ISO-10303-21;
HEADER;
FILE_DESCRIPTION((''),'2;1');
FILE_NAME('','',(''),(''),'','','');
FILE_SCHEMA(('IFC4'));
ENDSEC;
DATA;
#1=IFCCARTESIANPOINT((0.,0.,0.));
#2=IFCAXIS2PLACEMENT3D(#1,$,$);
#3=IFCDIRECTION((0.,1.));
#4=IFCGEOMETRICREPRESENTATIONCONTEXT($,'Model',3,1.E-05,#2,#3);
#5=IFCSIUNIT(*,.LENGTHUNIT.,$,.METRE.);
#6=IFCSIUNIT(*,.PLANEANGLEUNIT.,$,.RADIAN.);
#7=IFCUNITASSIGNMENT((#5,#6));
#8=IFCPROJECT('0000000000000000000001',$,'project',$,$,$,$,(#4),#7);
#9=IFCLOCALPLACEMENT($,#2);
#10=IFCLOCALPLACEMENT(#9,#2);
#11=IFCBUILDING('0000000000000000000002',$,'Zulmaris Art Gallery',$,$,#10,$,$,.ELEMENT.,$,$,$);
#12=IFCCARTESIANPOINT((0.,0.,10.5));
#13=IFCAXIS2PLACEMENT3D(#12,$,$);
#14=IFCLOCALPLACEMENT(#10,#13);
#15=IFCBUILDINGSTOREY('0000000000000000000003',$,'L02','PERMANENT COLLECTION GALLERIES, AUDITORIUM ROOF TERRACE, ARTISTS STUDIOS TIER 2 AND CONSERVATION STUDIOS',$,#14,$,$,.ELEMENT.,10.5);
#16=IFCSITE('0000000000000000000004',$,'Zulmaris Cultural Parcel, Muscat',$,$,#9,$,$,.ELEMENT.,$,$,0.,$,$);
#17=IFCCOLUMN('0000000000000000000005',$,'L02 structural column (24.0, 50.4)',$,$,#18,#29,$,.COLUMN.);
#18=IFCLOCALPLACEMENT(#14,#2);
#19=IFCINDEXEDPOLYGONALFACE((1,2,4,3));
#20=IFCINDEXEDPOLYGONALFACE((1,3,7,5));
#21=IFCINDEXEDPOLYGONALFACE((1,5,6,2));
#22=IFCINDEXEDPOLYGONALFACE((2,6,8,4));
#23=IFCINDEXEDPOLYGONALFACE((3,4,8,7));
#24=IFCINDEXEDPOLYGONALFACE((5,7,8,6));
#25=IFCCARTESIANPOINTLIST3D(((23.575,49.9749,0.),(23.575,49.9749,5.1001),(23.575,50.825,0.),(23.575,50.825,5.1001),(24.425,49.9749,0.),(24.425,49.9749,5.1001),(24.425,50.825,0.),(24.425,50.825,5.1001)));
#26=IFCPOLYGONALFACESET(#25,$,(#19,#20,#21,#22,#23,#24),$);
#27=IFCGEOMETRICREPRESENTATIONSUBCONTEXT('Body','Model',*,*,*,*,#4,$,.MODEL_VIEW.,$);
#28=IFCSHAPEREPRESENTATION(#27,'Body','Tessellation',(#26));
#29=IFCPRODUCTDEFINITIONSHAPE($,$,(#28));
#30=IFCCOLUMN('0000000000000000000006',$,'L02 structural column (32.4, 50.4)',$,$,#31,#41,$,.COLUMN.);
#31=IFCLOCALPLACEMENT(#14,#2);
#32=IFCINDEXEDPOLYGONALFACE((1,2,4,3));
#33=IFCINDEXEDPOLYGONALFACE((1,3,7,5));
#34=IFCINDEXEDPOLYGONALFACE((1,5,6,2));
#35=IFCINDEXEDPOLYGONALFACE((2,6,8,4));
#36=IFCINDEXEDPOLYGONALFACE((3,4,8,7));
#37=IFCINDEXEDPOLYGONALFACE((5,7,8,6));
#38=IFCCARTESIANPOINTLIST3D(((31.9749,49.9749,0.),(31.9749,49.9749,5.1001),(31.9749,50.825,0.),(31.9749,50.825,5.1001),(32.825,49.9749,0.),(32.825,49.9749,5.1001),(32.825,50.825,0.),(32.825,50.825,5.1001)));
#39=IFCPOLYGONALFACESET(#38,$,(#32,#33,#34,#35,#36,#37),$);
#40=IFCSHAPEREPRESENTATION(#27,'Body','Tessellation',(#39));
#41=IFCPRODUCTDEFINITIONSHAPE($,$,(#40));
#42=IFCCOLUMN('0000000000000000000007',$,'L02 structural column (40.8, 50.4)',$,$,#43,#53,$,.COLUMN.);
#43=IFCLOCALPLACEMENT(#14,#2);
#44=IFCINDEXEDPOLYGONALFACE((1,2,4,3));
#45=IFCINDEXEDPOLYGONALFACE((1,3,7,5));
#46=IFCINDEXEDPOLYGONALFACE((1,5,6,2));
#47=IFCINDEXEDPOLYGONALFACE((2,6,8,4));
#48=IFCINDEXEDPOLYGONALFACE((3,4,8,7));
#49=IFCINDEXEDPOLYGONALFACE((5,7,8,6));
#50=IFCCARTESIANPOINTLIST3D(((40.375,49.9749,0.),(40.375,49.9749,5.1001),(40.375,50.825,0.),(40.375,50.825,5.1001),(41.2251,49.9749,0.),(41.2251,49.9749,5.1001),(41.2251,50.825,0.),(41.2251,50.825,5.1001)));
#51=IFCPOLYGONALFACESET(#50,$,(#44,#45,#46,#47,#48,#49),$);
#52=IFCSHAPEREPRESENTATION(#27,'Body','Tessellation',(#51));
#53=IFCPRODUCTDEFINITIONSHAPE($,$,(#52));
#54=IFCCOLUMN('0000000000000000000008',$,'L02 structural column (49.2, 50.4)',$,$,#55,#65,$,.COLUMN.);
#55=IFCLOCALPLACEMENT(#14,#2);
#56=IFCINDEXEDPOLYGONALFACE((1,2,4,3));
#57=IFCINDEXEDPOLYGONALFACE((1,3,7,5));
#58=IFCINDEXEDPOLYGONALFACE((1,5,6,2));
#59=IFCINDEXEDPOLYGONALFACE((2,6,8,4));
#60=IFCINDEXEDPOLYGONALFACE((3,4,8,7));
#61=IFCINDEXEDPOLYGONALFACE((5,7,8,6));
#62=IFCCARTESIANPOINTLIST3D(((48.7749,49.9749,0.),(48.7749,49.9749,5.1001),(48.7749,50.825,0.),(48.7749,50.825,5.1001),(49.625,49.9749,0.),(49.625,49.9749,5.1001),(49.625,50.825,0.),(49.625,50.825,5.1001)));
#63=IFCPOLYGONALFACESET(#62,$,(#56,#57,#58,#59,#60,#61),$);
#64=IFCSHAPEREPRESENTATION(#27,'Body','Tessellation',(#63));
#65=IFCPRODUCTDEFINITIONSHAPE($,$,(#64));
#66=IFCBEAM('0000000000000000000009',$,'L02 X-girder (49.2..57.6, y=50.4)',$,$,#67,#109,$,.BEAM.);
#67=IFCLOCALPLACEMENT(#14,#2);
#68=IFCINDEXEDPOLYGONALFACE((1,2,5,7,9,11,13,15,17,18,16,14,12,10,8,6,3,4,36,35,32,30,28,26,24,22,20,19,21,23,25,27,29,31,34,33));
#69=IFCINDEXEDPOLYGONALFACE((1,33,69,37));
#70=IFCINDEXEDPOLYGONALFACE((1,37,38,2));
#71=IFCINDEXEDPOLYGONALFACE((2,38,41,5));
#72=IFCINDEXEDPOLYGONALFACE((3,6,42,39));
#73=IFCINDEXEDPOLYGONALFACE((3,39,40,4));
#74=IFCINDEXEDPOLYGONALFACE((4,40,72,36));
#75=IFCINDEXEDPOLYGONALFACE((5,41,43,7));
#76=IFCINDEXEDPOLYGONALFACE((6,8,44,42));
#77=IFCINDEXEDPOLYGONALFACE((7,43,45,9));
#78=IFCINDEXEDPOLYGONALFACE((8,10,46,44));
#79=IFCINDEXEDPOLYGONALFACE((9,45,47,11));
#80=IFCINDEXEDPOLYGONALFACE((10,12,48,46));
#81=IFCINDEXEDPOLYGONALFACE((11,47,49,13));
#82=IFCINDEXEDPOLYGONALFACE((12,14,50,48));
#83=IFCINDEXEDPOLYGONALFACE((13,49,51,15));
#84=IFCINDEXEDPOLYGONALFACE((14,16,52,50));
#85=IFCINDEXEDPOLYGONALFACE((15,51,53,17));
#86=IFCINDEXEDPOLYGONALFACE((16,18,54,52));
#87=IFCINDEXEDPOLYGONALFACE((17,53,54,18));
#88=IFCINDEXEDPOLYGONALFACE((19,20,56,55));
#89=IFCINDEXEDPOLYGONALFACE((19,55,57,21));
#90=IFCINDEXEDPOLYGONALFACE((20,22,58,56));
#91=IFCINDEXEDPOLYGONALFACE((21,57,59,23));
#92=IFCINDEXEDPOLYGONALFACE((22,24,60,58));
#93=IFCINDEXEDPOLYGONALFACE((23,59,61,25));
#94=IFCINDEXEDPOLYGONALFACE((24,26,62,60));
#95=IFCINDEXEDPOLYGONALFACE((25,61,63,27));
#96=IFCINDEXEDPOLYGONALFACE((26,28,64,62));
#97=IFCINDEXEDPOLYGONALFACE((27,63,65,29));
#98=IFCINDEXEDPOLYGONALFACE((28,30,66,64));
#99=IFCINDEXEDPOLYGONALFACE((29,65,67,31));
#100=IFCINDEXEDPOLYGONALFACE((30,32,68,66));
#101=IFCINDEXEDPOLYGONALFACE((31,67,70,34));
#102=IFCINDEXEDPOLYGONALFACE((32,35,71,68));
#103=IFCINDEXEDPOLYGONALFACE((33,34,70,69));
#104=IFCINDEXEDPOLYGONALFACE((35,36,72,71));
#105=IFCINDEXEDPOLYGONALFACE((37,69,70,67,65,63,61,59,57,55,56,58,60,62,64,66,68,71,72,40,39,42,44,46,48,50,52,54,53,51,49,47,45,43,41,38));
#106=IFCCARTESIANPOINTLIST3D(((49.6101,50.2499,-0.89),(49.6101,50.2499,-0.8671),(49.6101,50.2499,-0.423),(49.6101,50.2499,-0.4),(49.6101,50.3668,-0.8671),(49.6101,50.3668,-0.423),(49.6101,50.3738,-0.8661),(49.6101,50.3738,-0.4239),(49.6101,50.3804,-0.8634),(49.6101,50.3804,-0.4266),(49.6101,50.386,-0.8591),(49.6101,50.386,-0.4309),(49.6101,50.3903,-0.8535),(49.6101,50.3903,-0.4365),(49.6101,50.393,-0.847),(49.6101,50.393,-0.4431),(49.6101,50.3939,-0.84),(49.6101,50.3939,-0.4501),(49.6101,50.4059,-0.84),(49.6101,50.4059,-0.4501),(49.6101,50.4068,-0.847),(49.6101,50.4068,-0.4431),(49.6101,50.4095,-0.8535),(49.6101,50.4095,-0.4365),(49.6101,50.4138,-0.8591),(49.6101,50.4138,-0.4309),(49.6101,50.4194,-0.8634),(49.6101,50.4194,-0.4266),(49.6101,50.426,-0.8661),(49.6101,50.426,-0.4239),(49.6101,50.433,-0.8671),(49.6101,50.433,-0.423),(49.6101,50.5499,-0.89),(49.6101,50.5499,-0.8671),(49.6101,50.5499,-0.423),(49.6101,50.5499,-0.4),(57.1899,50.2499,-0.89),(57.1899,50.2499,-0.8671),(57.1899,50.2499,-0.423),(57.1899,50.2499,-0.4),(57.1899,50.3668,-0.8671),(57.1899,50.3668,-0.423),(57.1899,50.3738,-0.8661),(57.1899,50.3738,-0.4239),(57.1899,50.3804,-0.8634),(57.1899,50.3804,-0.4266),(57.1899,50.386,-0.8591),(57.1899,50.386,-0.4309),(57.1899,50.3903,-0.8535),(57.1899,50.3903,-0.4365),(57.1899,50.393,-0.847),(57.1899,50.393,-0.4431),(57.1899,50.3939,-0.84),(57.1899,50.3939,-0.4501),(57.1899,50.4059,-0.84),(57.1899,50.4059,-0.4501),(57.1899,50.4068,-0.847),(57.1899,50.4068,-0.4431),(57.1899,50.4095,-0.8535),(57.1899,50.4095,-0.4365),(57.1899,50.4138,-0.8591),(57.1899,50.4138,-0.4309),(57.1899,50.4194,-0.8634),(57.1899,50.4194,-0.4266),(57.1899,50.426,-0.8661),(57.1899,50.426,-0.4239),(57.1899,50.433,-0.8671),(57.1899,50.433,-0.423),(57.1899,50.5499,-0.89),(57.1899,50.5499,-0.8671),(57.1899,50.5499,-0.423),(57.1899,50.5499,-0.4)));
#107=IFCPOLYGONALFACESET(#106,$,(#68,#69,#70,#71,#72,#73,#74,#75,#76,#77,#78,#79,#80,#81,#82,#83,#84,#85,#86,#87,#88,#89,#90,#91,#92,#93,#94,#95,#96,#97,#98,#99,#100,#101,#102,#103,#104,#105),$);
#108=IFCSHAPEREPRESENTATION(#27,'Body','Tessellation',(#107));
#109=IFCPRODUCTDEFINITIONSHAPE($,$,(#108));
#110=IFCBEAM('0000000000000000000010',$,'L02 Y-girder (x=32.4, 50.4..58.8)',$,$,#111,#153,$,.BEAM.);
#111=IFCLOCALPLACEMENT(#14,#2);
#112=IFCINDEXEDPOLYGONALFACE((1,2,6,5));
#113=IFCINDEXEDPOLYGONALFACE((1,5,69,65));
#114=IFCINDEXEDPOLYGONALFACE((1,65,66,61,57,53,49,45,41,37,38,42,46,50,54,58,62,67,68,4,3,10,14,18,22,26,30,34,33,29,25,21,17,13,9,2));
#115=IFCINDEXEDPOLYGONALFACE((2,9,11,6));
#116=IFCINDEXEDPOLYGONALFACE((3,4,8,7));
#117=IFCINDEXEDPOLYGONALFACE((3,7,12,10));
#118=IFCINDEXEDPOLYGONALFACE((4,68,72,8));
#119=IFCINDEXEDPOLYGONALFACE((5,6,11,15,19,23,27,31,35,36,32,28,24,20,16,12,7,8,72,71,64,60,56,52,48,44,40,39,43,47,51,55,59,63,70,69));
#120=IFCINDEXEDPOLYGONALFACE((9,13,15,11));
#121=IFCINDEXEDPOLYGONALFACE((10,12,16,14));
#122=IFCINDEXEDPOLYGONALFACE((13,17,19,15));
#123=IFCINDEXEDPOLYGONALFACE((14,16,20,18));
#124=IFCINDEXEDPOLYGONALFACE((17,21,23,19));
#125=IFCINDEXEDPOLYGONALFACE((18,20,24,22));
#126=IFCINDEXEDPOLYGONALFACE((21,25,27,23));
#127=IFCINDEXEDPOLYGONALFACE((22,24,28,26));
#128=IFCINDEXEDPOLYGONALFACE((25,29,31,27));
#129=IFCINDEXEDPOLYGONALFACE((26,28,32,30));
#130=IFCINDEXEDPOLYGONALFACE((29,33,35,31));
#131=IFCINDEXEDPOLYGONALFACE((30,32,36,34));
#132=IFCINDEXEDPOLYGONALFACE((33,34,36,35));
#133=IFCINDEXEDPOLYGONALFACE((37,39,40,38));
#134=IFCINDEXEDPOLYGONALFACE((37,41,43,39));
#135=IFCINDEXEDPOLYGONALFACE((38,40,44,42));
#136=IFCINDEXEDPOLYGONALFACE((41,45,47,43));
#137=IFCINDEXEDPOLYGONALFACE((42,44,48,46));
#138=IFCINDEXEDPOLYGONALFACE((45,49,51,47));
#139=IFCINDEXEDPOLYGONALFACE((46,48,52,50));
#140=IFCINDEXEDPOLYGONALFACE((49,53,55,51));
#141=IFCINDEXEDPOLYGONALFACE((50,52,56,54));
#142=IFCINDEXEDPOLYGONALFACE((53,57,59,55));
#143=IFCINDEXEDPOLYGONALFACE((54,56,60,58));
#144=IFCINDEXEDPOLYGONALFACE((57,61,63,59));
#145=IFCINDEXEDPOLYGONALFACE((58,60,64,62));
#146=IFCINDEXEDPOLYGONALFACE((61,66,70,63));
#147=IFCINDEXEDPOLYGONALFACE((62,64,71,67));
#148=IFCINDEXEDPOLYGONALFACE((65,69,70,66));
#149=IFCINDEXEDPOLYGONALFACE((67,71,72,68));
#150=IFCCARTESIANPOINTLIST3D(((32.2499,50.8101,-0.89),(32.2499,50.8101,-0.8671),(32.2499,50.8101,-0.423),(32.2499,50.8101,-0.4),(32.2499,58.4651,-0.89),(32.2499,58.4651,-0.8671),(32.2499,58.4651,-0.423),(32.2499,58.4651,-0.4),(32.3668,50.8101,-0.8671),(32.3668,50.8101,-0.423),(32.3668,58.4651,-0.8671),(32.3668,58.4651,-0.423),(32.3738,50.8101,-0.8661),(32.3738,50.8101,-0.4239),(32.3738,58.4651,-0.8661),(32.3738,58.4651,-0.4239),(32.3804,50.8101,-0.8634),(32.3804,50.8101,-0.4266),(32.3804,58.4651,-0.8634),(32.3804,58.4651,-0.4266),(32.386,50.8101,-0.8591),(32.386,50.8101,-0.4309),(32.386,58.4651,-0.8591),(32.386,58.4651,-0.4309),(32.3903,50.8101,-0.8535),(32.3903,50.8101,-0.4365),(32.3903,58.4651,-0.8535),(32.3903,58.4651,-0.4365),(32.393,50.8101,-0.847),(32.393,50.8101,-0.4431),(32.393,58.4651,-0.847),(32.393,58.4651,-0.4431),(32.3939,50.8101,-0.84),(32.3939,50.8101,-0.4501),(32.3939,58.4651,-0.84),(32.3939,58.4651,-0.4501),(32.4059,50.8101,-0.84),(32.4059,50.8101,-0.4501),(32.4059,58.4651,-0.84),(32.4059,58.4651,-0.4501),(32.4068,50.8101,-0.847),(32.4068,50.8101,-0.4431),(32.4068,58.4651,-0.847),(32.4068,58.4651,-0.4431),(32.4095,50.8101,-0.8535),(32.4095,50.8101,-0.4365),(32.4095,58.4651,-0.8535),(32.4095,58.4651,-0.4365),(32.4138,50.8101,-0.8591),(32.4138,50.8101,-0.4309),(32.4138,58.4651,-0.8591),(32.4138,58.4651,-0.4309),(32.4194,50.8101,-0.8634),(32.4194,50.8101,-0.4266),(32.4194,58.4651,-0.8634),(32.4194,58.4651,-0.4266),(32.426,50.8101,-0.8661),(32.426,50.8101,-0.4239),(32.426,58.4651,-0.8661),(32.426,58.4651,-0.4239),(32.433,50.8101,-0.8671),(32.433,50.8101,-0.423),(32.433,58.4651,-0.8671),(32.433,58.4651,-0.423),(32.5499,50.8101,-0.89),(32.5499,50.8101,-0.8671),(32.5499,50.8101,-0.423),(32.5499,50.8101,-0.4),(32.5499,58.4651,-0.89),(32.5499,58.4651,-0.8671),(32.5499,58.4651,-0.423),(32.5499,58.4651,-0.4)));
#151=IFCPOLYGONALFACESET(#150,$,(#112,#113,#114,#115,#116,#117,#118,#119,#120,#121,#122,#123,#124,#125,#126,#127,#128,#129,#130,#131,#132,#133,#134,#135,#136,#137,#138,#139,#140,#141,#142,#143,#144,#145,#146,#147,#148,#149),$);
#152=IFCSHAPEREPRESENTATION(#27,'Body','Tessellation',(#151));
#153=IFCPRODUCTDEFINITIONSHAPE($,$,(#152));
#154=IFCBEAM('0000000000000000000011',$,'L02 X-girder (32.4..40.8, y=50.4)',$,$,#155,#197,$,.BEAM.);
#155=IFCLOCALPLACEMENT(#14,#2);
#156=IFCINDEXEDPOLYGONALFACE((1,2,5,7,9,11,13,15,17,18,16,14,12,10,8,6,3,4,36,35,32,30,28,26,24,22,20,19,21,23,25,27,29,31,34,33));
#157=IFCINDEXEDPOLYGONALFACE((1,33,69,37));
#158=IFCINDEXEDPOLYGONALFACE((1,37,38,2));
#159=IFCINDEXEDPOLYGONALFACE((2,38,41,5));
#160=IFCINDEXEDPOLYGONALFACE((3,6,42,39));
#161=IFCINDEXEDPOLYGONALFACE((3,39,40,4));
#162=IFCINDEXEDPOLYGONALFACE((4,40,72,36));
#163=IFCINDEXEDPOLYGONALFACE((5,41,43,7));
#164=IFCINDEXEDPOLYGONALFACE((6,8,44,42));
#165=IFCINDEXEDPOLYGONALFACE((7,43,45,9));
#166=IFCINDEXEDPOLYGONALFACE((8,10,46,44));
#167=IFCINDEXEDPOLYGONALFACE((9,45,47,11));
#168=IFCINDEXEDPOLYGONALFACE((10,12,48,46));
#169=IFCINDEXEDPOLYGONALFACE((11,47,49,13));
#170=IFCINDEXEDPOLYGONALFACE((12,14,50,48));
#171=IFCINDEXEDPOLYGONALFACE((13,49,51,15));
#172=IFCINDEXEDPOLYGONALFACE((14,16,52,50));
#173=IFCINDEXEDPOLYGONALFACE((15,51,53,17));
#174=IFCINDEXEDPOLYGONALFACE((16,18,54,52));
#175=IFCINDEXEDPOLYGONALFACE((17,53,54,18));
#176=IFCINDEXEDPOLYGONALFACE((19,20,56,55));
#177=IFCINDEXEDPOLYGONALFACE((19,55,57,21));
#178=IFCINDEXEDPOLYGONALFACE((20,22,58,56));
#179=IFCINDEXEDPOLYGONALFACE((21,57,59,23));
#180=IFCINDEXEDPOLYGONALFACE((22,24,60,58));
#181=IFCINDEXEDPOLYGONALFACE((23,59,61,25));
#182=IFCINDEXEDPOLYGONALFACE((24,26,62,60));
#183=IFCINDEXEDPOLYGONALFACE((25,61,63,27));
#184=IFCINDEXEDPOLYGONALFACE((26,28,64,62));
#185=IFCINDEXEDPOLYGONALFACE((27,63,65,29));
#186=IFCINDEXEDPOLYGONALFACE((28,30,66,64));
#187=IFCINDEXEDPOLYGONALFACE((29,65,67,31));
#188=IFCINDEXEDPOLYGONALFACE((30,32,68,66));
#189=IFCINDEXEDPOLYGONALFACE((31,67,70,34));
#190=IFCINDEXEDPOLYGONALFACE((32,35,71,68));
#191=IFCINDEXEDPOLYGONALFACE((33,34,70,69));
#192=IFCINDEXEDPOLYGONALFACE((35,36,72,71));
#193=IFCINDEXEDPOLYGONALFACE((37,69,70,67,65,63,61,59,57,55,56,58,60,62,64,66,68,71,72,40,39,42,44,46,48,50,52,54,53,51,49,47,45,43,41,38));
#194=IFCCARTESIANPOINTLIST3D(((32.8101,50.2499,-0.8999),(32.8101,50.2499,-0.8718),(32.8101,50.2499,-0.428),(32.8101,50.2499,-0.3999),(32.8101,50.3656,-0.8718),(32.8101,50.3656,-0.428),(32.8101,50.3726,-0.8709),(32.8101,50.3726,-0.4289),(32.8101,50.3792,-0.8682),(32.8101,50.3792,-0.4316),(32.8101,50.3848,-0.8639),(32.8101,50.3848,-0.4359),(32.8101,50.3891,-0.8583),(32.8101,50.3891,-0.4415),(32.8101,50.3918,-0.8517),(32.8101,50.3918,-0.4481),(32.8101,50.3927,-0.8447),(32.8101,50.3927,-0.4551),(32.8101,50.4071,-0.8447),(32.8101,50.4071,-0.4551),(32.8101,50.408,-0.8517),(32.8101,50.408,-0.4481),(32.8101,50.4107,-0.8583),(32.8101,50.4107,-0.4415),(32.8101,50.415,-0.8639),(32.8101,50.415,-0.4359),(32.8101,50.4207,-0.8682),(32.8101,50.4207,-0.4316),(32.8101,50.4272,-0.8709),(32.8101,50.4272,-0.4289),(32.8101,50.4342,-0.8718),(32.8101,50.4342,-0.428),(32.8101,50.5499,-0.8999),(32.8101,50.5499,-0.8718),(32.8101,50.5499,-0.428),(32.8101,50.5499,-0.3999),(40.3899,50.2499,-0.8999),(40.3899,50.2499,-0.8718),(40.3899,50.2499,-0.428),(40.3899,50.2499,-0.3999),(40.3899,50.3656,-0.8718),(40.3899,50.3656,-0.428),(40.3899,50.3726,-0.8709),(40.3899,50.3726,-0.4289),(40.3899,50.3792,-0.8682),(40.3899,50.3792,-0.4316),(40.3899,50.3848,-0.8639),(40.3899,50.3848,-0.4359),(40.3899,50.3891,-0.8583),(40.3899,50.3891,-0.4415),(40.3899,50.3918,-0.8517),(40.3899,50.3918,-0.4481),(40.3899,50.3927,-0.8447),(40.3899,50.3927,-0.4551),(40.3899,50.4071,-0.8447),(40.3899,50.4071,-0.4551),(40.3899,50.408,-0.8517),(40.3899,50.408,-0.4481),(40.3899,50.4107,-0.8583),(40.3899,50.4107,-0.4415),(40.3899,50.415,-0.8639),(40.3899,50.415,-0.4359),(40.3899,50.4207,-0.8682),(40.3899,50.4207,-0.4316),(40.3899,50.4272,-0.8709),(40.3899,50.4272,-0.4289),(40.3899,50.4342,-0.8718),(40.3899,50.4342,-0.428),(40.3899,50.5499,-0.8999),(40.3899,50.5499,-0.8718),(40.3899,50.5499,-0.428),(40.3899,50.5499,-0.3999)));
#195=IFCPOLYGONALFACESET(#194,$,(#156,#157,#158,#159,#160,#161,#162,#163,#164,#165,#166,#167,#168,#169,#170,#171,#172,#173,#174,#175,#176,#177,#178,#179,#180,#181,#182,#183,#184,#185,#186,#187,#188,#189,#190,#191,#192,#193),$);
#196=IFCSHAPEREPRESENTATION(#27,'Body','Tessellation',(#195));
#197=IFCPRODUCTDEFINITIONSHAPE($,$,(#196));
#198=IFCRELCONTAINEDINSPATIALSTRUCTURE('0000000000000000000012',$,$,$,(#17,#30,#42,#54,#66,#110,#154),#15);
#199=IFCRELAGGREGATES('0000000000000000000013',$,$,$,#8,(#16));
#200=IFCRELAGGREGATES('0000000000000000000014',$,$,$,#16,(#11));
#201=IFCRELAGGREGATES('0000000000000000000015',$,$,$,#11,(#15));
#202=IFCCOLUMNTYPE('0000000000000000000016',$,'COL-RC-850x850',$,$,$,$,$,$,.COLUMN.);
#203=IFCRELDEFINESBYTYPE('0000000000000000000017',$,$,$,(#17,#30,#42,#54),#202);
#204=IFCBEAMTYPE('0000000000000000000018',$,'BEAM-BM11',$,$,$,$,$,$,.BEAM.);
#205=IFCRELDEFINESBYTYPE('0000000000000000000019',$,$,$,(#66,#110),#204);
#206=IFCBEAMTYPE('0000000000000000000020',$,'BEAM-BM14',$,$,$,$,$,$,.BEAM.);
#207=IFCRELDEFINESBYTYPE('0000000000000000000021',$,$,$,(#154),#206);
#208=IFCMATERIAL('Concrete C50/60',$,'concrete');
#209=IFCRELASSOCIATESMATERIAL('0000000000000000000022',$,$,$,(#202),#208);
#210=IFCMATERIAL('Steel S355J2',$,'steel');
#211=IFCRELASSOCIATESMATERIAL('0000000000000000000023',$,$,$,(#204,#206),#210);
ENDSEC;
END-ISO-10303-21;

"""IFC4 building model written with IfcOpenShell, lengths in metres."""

from ifc_helpers import new_model, si_unit, direction, frame, origin, origin_2d, place, context, subcontext, project, spatial, rectangle, i_section, extrude, material, material_profile, profile_set, type_object, element, save


model = new_model("IFC4")

# Units and contexts
model_context = context("Model", 3, precision=1e-05, world=origin(), true_north=direction((0.0, 1.0)))
body_context = subcontext(model_context, "Body", "Model", "MODEL_VIEW")
ifc_project = project(units=[si_unit("LENGTHUNIT", "METRE"), si_unit("PLANEANGLEUNIT", "RADIAN")], contexts=[model_context])

# Site, building, storey
site_placement = place(None, origin())
site = spatial("IfcSite", under=ifc_project, at=site_placement, Name="Zulmaris Cultural Parcel, Muscat", CompositionType="ELEMENT", RefElevation=0.0)
building_placement = place(site_placement, origin())
building = spatial("IfcBuilding", under=site, at=building_placement, Name="Zulmaris Art Gallery", CompositionType="ELEMENT")
storey_placement = place(building_placement, frame((0.0, 0.0, 10.5)))
storey = spatial("IfcBuildingStorey", under=building, at=storey_placement, Name="L02", Description="PERMANENT COLLECTION GALLERIES, AUDITORIUM ROOF TERRACE, ARTISTS STUDIOS TIER 2 AND CONSERVATION STUDIOS", CompositionType="ELEMENT", Elevation=10.5)

# Columns
ifc_material_1 = material(Name="Concrete C50/60", Category="concrete")
ifc_material_profile_1 = material_profile(ifc_material_1, rectangle(XDim=0.8501, YDim=0.8501, at=origin_2d()), Name="RC 850x850")
ifc_profile_set_1 = profile_set([ifc_material_profile_1], Name="Concrete C50/60")
column_type = type_object("IfcColumnType", Name="COL-RC-850x850", PredefinedType="COLUMN", material=ifc_profile_set_1)
for number, where, z_axis, x_axis, name in (
    (1, (24.0, 50.3999, 0.0), (0.0, 0.0, 1.0), (1.0, 0.0, 0.0), "L02 structural column (24.0, 50.4)"),
    (2, (32.3999, 50.3999, 0.0), (0.0, 0.0, 1.0), (1.0, 0.0, 0.0), "L02 structural column (32.4, 50.4)"),
    (3, (40.8, 50.3999, 0.0), (0.0, 0.0, 1.0), (1.0, 0.0, 0.0), "L02 structural column (40.8, 50.4)"),
    (4, (49.2, 50.3999, 0.0), (0.0, 0.0, 1.0), (1.0, 0.0, 0.0), "L02 structural column (49.2, 50.4)"),
):
    element("IfcColumn", number, at=place(storey_placement, frame(where, z_axis=z_axis, x_axis=x_axis)), inside=storey, type_object=column_type, Name=name, PredefinedType="COLUMN", context=body_context, shape_type="SweptSolid", body=[
        extrude(rectangle(XDim=0.8501, YDim=0.8501, at=origin_2d()), origin(), (0.0, 0.0, 1.0), 5.1001),
    ])

# Beams
ifc_material_2 = material(Name="Steel S355J2", Category="steel")
ifc_material_profile_2 = material_profile(ifc_material_2, i_section(OverallWidth=0.3, OverallDepth=0.49, WebThickness=0.012, FlangeThickness=0.0229, FilletRadius=0.0271, at=origin_2d()), Name="HEA 500")
ifc_profile_set_2 = profile_set([ifc_material_profile_2], Name="Steel S355J2")
beam_type_1 = type_object("IfcBeamType", Name="BEAM-BM11", PredefinedType="BEAM", material=ifc_profile_set_2)
beam_1_placement = place(storey_placement, frame((49.6101, 50.3999, -0.645), z_axis=(1.0, 0.0, 0.0), x_axis=(0.0, 1.0, 0.0)))
element("IfcBeam", 5, at=beam_1_placement, inside=storey, type_object=beam_type_1, Name="L02 X-girder (49.2..57.6, y=50.4)", PredefinedType="BEAM", context=body_context, shape_type="SweptSolid", body=[
    extrude(i_section(OverallWidth=0.3, OverallDepth=0.49, WebThickness=0.012, FlangeThickness=0.0229, FilletRadius=0.0271, at=origin_2d()), origin(), (0.0, 0.0, 1.0), 7.5798),
])
beam_2_placement = place(storey_placement, frame((32.3999, 50.8101, -0.645), z_axis=(0.0, 1.0, 0.0), x_axis=(-1.0, 0.0, 0.0)))
element("IfcBeam", 6, at=beam_2_placement, inside=storey, type_object=beam_type_1, Name="L02 Y-girder (x=32.4, 50.4..58.8)", PredefinedType="BEAM", context=body_context, shape_type="SweptSolid", body=[
    extrude(i_section(OverallWidth=0.3, OverallDepth=0.49, WebThickness=0.012, FlangeThickness=0.0229, FilletRadius=0.0271, at=origin_2d()), origin(), (0.0, 0.0, 1.0), 7.655),
])
ifc_material_profile_3 = material_profile(ifc_material_2, i_section(OverallWidth=0.3, OverallDepth=0.5, WebThickness=0.0144, FlangeThickness=0.0281, FilletRadius=0.0271, at=origin_2d()), Name="HEB 500")
ifc_profile_set_3 = profile_set([ifc_material_profile_3], Name="Steel S355J2")
beam_type_2 = type_object("IfcBeamType", Name="BEAM-BM14", PredefinedType="BEAM", material=ifc_profile_set_3)
beam_3_placement = place(storey_placement, frame((32.8101, 50.3999, -0.6499), z_axis=(1.0, 0.0, 0.0), x_axis=(0.0, 1.0, 0.0)))
element("IfcBeam", 7, at=beam_3_placement, inside=storey, type_object=beam_type_2, Name="L02 X-girder (32.4..40.8, y=50.4)", PredefinedType="BEAM", context=body_context, shape_type="SweptSolid", body=[
    extrude(i_section(OverallWidth=0.3, OverallDepth=0.5, WebThickness=0.0144, FlangeThickness=0.0281, FilletRadius=0.0271, at=origin_2d()), origin(), (0.0, 0.0, 1.0), 7.5798),
])

save(model, "model.ifc")
